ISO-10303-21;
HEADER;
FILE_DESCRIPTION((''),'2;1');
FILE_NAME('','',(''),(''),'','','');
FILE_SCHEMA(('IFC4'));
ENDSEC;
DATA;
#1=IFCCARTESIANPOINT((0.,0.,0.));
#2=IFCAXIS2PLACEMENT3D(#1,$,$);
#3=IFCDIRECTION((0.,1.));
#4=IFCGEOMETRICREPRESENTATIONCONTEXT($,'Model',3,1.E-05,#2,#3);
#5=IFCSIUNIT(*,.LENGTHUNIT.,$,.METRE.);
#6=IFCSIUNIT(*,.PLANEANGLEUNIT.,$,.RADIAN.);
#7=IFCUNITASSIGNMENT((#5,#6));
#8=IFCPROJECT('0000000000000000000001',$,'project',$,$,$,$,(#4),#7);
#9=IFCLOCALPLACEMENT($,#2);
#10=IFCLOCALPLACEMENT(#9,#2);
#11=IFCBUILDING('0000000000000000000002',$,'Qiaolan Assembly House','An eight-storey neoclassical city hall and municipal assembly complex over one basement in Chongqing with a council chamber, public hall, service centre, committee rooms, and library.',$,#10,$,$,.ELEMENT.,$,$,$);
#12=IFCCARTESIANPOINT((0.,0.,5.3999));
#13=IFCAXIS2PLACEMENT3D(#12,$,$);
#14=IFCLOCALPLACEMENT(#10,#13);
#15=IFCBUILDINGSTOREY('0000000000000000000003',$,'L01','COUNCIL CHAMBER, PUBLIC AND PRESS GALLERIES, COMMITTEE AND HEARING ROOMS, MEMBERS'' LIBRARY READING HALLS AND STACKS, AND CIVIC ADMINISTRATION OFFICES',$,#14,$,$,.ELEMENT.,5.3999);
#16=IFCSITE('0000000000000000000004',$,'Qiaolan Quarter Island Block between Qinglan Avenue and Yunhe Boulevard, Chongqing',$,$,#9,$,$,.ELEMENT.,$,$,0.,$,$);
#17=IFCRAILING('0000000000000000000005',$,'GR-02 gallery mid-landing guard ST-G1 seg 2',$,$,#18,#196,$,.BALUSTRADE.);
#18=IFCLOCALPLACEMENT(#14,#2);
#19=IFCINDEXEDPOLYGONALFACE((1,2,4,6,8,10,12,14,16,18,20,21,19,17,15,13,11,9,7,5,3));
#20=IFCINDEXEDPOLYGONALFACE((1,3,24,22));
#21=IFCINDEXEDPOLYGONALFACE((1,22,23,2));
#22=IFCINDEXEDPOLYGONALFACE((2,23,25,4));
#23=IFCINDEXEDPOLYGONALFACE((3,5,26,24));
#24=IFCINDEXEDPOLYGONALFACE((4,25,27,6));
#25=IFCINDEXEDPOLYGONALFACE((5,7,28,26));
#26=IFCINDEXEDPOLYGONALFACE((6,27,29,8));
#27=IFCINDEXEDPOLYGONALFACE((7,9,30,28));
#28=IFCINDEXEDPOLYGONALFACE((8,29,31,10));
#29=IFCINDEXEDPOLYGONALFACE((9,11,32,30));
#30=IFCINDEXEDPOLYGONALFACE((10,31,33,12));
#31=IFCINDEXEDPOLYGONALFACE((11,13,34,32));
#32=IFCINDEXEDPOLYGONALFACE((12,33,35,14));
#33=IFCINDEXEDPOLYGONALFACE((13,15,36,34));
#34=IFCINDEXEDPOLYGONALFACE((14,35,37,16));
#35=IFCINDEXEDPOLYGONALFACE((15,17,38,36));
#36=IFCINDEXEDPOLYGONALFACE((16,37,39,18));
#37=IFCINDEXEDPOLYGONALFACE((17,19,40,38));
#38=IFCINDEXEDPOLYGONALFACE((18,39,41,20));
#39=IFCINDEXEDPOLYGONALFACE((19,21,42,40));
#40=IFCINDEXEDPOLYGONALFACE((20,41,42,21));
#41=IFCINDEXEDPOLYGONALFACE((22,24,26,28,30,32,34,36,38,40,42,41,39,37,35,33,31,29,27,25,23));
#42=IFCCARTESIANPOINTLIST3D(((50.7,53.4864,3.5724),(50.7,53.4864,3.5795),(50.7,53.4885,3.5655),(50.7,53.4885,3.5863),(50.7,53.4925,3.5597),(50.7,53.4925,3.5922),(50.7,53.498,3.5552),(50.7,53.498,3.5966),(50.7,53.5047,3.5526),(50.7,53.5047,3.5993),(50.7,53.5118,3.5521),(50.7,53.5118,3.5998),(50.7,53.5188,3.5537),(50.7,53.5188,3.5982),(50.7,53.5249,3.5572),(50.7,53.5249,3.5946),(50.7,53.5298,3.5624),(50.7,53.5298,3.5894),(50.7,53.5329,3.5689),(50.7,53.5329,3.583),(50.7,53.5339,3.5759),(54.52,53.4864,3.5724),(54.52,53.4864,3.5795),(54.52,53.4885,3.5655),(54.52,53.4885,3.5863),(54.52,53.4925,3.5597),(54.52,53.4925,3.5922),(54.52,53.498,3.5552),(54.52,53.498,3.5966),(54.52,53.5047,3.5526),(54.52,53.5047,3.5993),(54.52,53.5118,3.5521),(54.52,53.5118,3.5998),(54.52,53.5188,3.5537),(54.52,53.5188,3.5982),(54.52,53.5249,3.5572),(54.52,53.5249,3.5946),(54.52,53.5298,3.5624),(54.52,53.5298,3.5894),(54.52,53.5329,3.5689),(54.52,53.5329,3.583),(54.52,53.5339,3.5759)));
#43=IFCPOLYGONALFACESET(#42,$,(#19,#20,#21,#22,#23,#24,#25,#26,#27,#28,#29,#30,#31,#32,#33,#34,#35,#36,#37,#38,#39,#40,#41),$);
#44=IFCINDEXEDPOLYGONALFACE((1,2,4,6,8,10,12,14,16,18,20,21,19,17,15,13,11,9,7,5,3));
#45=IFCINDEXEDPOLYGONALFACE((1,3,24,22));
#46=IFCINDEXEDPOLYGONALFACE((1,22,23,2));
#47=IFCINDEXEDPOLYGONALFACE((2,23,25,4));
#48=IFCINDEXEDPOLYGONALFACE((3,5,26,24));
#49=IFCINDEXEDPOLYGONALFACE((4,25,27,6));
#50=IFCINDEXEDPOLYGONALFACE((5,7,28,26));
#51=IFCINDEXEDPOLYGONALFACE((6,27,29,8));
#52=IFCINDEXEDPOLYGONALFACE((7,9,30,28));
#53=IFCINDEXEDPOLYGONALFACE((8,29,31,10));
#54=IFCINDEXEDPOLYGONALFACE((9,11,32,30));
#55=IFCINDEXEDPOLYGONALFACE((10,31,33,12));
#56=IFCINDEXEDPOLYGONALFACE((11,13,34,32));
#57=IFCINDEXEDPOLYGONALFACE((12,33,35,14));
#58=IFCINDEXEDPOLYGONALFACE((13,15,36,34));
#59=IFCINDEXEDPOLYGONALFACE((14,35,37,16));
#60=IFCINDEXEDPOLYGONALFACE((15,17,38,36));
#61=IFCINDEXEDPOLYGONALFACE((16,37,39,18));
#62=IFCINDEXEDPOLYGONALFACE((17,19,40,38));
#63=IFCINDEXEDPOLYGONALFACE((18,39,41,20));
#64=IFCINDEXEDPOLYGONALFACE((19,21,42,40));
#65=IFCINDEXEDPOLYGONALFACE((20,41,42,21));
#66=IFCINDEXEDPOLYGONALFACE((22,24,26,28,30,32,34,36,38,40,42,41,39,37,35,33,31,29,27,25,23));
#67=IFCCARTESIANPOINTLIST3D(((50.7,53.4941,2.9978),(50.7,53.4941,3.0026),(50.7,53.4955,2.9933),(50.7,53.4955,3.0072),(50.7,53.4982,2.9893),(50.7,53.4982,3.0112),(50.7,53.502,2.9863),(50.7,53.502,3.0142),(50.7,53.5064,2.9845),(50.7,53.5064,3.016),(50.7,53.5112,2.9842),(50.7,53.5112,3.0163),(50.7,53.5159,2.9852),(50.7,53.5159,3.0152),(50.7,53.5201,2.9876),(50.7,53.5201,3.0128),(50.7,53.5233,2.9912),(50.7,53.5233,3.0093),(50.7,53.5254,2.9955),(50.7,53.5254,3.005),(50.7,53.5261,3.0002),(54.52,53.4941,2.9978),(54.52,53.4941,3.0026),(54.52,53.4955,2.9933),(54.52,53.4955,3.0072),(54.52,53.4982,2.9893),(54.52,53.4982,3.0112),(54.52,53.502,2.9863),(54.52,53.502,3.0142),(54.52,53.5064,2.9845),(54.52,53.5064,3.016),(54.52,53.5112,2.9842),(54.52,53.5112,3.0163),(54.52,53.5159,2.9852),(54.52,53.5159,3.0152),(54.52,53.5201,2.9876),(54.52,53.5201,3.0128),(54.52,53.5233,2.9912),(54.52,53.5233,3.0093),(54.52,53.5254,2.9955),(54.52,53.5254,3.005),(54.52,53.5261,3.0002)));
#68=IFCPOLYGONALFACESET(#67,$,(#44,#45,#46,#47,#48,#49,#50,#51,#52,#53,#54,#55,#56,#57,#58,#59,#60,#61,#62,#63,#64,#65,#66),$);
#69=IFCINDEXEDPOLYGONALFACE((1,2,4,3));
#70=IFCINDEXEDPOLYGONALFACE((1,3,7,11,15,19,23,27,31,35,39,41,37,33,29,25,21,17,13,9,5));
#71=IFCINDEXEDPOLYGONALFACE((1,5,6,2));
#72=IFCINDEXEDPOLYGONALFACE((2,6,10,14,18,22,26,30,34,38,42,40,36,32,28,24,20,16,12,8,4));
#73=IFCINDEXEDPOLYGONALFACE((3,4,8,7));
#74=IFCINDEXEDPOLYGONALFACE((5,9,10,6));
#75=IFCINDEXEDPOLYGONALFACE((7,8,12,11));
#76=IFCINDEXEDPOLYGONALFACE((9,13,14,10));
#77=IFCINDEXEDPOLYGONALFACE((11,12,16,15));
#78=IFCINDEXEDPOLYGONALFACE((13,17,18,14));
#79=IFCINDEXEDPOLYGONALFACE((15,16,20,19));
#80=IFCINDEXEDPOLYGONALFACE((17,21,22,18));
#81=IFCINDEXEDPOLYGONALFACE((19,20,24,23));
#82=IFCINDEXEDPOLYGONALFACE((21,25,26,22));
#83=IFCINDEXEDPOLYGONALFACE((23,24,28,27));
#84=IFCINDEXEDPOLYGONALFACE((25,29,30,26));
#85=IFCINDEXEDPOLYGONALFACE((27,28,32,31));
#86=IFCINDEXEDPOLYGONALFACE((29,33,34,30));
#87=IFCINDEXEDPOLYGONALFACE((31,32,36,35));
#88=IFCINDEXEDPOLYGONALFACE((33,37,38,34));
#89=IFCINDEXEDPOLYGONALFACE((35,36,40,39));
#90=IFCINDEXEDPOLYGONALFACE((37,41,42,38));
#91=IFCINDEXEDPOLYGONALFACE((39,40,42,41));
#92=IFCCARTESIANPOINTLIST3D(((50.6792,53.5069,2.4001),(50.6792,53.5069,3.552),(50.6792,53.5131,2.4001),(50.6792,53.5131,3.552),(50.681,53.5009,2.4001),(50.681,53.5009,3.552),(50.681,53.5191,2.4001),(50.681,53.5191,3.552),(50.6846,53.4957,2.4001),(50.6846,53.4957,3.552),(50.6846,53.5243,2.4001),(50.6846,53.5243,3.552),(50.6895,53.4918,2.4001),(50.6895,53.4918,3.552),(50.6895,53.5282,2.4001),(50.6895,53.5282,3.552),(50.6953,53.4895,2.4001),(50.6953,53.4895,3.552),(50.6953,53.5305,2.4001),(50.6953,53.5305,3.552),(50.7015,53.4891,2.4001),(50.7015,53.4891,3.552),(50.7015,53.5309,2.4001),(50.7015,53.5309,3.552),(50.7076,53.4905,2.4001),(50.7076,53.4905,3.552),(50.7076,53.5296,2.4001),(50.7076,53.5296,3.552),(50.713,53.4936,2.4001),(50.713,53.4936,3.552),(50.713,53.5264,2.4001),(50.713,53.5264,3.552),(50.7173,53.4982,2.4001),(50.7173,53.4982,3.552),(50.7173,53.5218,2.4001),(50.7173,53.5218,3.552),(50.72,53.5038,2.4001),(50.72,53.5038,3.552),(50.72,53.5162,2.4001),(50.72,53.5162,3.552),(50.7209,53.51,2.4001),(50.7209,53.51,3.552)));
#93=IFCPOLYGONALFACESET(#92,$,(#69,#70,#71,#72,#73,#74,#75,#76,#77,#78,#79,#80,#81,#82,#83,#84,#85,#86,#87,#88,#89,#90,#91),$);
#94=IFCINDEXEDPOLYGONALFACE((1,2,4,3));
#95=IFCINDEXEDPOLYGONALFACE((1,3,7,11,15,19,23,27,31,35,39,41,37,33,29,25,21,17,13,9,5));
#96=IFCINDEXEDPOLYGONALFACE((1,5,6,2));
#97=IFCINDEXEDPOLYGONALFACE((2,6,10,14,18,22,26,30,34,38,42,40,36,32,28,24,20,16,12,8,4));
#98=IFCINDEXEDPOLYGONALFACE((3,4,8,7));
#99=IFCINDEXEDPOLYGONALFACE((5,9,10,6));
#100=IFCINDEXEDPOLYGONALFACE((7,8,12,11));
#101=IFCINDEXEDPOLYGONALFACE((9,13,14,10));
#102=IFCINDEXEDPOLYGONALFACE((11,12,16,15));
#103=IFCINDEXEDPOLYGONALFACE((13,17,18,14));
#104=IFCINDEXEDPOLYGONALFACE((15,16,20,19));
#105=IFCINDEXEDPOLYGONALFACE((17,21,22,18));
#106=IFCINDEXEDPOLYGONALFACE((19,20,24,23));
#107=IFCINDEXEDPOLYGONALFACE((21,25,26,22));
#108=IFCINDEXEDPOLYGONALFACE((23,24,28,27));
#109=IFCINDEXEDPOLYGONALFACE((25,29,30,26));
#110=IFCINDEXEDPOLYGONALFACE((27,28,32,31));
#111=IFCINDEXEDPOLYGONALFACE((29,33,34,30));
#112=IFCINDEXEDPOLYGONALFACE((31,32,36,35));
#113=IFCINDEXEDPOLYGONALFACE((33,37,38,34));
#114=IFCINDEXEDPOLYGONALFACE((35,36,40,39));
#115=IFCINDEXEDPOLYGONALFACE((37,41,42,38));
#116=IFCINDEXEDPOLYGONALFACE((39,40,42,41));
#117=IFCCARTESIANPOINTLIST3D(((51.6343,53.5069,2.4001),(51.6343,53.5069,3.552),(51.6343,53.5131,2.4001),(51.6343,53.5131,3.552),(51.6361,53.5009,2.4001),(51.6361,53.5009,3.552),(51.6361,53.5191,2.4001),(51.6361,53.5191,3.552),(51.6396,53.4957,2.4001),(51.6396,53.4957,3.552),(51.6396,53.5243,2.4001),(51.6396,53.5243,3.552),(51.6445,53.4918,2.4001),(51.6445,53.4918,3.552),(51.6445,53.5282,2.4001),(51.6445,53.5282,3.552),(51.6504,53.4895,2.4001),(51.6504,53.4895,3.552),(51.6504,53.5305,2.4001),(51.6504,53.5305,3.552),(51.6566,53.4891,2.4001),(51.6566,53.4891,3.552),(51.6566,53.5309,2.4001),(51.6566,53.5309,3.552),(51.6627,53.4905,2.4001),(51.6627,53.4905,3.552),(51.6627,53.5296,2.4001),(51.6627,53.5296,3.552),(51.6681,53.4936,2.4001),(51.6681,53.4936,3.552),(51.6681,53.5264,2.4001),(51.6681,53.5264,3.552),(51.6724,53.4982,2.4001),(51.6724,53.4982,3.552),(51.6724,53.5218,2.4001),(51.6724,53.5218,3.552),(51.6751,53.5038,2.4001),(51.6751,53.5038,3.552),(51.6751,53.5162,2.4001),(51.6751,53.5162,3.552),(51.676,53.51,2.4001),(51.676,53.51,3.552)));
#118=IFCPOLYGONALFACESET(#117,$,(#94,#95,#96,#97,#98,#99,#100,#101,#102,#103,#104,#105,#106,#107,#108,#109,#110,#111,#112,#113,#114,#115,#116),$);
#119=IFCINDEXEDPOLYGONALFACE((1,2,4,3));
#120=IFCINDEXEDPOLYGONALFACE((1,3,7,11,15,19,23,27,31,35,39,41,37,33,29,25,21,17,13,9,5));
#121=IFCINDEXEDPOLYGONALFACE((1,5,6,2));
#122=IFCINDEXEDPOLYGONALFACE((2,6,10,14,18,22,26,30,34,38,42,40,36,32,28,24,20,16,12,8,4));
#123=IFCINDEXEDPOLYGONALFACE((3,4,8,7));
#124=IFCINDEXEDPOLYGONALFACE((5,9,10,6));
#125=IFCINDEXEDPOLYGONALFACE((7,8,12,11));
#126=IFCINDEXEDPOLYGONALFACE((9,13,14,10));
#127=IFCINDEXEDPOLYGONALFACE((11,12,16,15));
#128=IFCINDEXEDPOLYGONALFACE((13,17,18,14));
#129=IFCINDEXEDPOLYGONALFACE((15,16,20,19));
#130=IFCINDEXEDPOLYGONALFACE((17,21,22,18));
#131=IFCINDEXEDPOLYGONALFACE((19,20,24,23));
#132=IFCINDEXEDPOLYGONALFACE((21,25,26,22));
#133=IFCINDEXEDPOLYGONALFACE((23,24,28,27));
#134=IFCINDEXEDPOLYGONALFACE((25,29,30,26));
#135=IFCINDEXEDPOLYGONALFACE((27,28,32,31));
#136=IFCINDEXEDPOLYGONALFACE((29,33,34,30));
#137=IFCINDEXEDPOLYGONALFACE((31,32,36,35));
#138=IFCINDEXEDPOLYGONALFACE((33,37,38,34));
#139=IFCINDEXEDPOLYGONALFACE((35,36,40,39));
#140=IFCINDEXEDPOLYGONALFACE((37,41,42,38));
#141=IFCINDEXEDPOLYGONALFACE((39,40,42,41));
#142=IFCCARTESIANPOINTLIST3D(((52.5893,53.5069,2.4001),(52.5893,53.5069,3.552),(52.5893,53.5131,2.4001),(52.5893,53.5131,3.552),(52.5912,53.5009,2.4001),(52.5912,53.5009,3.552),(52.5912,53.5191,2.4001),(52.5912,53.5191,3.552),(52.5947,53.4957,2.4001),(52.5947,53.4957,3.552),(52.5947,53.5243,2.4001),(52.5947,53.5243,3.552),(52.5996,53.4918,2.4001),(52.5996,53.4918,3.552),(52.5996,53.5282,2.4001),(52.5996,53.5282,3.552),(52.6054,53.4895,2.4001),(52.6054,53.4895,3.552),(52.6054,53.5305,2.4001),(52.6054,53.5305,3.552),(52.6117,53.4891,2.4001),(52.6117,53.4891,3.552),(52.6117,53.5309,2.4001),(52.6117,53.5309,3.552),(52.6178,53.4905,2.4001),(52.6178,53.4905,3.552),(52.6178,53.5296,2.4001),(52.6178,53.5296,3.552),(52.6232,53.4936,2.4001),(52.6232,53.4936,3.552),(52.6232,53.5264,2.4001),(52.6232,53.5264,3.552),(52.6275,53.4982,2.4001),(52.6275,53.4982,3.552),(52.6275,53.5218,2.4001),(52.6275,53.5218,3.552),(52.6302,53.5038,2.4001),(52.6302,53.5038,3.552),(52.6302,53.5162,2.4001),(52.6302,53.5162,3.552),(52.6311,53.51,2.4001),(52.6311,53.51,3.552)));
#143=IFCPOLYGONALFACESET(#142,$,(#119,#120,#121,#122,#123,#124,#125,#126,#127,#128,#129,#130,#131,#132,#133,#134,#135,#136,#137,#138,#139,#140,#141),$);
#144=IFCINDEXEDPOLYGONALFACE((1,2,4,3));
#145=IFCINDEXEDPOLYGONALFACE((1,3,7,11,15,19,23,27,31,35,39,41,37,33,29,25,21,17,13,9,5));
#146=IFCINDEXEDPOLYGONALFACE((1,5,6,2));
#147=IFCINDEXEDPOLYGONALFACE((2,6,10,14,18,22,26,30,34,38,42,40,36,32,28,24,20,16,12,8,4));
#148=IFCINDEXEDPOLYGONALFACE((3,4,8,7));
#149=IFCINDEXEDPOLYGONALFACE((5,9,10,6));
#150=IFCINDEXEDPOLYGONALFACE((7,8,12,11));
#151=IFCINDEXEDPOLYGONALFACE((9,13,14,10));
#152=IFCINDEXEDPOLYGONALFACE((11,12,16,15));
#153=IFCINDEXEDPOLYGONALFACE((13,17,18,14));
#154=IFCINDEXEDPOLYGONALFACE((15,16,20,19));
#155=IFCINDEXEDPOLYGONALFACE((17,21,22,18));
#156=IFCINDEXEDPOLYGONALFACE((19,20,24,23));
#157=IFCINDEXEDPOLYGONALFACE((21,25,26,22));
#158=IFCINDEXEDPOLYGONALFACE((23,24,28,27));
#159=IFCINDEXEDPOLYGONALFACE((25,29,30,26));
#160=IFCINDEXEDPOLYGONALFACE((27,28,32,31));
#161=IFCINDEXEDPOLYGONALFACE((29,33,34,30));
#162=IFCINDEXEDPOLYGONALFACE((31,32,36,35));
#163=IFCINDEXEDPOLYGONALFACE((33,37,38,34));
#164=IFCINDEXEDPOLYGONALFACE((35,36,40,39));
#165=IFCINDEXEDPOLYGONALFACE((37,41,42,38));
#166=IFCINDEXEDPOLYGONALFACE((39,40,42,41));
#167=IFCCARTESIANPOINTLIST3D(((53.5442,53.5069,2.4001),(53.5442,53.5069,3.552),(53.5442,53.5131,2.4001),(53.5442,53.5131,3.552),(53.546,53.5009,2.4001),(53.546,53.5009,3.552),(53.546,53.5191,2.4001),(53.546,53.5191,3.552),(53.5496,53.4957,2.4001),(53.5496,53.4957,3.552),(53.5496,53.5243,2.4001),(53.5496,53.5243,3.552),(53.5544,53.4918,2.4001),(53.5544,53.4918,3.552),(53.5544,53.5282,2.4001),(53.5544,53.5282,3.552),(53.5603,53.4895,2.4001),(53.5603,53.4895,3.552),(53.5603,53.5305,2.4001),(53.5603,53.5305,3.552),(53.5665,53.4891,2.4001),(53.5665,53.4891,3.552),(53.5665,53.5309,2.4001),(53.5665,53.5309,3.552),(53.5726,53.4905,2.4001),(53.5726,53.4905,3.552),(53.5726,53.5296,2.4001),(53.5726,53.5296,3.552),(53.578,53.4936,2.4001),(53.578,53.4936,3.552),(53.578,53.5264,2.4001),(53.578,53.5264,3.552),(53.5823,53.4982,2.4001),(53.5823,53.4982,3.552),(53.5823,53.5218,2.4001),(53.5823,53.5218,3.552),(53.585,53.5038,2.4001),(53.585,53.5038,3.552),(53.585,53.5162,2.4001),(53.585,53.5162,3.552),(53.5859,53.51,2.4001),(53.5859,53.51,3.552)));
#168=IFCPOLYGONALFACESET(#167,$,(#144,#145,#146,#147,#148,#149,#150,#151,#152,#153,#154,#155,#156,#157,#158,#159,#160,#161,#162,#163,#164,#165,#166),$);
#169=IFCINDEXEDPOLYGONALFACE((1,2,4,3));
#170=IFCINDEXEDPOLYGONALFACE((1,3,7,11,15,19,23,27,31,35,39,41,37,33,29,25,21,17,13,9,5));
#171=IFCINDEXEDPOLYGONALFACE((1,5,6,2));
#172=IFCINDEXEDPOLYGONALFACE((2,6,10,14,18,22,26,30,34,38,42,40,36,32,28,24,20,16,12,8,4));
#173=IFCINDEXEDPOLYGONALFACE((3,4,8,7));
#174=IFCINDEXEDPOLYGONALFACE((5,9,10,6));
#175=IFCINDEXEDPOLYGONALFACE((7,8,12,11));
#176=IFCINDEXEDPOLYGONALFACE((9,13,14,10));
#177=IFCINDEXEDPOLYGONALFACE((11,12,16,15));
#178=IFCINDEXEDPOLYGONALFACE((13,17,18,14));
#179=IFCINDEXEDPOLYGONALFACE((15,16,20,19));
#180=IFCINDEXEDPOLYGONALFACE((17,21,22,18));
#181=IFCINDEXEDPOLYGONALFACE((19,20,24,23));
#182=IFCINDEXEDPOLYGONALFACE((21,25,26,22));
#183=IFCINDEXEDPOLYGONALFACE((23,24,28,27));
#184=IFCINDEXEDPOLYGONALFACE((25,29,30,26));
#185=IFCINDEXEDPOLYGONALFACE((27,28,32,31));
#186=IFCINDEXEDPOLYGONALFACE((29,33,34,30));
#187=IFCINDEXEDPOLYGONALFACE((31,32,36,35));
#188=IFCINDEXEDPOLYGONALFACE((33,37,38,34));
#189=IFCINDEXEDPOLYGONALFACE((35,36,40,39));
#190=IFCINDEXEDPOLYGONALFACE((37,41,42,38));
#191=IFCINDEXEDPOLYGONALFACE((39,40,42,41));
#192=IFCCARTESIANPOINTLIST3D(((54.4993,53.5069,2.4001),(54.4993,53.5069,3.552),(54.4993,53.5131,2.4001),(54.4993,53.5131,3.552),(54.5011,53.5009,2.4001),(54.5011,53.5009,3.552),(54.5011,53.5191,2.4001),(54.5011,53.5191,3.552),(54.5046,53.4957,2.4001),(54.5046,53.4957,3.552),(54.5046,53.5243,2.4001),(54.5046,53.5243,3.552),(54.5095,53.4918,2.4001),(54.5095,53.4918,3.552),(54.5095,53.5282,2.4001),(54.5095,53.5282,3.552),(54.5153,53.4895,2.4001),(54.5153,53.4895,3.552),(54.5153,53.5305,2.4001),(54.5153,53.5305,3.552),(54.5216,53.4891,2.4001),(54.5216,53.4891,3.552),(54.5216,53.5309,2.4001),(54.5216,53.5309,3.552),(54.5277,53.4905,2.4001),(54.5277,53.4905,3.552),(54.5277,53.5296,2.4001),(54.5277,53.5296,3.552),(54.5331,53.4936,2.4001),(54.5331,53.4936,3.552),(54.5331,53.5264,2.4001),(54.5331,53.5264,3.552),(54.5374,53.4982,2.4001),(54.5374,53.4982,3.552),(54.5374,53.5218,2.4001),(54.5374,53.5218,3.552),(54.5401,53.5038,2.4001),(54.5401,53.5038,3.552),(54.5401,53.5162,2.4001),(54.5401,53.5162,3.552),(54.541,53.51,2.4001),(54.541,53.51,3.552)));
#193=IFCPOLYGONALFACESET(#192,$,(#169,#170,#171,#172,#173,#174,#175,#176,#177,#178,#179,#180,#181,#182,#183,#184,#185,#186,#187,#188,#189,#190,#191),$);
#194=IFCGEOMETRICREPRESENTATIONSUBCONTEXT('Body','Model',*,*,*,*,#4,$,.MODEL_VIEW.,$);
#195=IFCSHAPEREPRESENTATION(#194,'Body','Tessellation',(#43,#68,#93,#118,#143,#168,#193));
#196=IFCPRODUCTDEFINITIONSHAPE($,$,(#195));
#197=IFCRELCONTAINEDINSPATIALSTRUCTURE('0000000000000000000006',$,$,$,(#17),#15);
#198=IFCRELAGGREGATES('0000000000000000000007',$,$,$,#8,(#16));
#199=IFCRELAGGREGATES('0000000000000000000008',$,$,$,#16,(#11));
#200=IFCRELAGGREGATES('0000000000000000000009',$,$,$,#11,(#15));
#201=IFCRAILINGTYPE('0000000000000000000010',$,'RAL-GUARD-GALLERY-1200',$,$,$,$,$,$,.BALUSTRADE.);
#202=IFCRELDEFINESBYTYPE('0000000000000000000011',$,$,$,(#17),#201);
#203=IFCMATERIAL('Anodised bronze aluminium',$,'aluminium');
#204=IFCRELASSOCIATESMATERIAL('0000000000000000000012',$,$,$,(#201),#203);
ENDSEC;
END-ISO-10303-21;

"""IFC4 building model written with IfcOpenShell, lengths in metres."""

from ifc_helpers import new_model, si_unit, direction, frame, origin, origin_2d, place, context, subcontext, project, spatial, circle, extrude, material, type_object, element, save


model = new_model("IFC4")

# Units and contexts
model_context = context("Model", 3, precision=1e-05, world=origin(), true_north=direction((0.0, 1.0)))
body_context = subcontext(model_context, "Body", "Model", "MODEL_VIEW")
ifc_project = project(units=[si_unit("LENGTHUNIT", "METRE"), si_unit("PLANEANGLEUNIT", "RADIAN")], contexts=[model_context])

# Site, building, storey
site_placement = place(None, origin())
site = spatial("IfcSite", under=ifc_project, at=site_placement, Name="Qiaolan Quarter Island Block between Qinglan Avenue and Yunhe Boulevard, Chongqing", CompositionType="ELEMENT", RefElevation=0.0)
building_placement = place(site_placement, origin())
building = spatial("IfcBuilding", under=site, at=building_placement, Name="Qiaolan Assembly House", Description="An eight-storey neoclassical city hall and municipal assembly complex over one basement in Chongqing with a council chamber, public hall, service centre, committee rooms, and library.", CompositionType="ELEMENT")
storey_placement = place(building_placement, frame((0.0, 0.0, 5.3999)))
storey = spatial("IfcBuildingStorey", under=building, at=storey_placement, Name="L01", Description="COUNCIL CHAMBER, PUBLIC AND PRESS GALLERIES, COMMITTEE AND HEARING ROOMS, MEMBERS' LIBRARY READING HALLS AND STACKS, AND CIVIC ADMINISTRATION OFFICES", CompositionType="ELEMENT", Elevation=5.3999)

# Railing
ifc_material_1 = material(Name="Anodised bronze aluminium", Category="aluminium")
railing_type = type_object("IfcRailingType", Name="RAL-GUARD-GALLERY-1200", PredefinedType="BALUSTRADE", material=ifc_material_1)
railing_1_placement = place(storey_placement, frame((50.7, 53.51, 2.4001)))
element("IfcRailing", 1, at=railing_1_placement, inside=storey, type_object=railing_type, Name="GR-02 gallery mid-landing guard ST-G1 seg 2", PredefinedType="BALUSTRADE", context=body_context, shape_type="SweptSolid", body=[
    extrude(circle(Radius=0.0239, at=origin_2d()), frame((0.0, 0.0, 1.1758), z_axis=(1.0, 0.0, 0.0), x_axis=(0.0, 1.0, 0.0)), (0.0, 0.0, 1.0), 3.8201),
    extrude(circle(Radius=0.0161, at=origin_2d()), frame((0.0, 0.0, 0.6001), z_axis=(1.0, 0.0, 0.0), x_axis=(0.0, 1.0, 0.0)), (0.0, 0.0, 1.0), 3.8201),
    extrude(circle(Radius=0.021, at=origin_2d()), origin(), (0.0, 0.0, 1.0), 1.1519),
    extrude(circle(Radius=0.021, at=origin_2d()), frame((0.9551, 0.0, 0.0)), (0.0, 0.0, 1.0), 1.1519),
    extrude(circle(Radius=0.021, at=origin_2d()), frame((1.9102, 0.0, 0.0)), (0.0, 0.0, 1.0), 1.1519),
    extrude(circle(Radius=0.021, at=origin_2d()), frame((2.865, 0.0, 0.0)), (0.0, 0.0, 1.0), 1.1519),
    extrude(circle(Radius=0.021, at=origin_2d()), frame((3.8201, 0.0, 0.0)), (0.0, 0.0, 1.0), 1.1519),
])

save(model, "model.ifc")
